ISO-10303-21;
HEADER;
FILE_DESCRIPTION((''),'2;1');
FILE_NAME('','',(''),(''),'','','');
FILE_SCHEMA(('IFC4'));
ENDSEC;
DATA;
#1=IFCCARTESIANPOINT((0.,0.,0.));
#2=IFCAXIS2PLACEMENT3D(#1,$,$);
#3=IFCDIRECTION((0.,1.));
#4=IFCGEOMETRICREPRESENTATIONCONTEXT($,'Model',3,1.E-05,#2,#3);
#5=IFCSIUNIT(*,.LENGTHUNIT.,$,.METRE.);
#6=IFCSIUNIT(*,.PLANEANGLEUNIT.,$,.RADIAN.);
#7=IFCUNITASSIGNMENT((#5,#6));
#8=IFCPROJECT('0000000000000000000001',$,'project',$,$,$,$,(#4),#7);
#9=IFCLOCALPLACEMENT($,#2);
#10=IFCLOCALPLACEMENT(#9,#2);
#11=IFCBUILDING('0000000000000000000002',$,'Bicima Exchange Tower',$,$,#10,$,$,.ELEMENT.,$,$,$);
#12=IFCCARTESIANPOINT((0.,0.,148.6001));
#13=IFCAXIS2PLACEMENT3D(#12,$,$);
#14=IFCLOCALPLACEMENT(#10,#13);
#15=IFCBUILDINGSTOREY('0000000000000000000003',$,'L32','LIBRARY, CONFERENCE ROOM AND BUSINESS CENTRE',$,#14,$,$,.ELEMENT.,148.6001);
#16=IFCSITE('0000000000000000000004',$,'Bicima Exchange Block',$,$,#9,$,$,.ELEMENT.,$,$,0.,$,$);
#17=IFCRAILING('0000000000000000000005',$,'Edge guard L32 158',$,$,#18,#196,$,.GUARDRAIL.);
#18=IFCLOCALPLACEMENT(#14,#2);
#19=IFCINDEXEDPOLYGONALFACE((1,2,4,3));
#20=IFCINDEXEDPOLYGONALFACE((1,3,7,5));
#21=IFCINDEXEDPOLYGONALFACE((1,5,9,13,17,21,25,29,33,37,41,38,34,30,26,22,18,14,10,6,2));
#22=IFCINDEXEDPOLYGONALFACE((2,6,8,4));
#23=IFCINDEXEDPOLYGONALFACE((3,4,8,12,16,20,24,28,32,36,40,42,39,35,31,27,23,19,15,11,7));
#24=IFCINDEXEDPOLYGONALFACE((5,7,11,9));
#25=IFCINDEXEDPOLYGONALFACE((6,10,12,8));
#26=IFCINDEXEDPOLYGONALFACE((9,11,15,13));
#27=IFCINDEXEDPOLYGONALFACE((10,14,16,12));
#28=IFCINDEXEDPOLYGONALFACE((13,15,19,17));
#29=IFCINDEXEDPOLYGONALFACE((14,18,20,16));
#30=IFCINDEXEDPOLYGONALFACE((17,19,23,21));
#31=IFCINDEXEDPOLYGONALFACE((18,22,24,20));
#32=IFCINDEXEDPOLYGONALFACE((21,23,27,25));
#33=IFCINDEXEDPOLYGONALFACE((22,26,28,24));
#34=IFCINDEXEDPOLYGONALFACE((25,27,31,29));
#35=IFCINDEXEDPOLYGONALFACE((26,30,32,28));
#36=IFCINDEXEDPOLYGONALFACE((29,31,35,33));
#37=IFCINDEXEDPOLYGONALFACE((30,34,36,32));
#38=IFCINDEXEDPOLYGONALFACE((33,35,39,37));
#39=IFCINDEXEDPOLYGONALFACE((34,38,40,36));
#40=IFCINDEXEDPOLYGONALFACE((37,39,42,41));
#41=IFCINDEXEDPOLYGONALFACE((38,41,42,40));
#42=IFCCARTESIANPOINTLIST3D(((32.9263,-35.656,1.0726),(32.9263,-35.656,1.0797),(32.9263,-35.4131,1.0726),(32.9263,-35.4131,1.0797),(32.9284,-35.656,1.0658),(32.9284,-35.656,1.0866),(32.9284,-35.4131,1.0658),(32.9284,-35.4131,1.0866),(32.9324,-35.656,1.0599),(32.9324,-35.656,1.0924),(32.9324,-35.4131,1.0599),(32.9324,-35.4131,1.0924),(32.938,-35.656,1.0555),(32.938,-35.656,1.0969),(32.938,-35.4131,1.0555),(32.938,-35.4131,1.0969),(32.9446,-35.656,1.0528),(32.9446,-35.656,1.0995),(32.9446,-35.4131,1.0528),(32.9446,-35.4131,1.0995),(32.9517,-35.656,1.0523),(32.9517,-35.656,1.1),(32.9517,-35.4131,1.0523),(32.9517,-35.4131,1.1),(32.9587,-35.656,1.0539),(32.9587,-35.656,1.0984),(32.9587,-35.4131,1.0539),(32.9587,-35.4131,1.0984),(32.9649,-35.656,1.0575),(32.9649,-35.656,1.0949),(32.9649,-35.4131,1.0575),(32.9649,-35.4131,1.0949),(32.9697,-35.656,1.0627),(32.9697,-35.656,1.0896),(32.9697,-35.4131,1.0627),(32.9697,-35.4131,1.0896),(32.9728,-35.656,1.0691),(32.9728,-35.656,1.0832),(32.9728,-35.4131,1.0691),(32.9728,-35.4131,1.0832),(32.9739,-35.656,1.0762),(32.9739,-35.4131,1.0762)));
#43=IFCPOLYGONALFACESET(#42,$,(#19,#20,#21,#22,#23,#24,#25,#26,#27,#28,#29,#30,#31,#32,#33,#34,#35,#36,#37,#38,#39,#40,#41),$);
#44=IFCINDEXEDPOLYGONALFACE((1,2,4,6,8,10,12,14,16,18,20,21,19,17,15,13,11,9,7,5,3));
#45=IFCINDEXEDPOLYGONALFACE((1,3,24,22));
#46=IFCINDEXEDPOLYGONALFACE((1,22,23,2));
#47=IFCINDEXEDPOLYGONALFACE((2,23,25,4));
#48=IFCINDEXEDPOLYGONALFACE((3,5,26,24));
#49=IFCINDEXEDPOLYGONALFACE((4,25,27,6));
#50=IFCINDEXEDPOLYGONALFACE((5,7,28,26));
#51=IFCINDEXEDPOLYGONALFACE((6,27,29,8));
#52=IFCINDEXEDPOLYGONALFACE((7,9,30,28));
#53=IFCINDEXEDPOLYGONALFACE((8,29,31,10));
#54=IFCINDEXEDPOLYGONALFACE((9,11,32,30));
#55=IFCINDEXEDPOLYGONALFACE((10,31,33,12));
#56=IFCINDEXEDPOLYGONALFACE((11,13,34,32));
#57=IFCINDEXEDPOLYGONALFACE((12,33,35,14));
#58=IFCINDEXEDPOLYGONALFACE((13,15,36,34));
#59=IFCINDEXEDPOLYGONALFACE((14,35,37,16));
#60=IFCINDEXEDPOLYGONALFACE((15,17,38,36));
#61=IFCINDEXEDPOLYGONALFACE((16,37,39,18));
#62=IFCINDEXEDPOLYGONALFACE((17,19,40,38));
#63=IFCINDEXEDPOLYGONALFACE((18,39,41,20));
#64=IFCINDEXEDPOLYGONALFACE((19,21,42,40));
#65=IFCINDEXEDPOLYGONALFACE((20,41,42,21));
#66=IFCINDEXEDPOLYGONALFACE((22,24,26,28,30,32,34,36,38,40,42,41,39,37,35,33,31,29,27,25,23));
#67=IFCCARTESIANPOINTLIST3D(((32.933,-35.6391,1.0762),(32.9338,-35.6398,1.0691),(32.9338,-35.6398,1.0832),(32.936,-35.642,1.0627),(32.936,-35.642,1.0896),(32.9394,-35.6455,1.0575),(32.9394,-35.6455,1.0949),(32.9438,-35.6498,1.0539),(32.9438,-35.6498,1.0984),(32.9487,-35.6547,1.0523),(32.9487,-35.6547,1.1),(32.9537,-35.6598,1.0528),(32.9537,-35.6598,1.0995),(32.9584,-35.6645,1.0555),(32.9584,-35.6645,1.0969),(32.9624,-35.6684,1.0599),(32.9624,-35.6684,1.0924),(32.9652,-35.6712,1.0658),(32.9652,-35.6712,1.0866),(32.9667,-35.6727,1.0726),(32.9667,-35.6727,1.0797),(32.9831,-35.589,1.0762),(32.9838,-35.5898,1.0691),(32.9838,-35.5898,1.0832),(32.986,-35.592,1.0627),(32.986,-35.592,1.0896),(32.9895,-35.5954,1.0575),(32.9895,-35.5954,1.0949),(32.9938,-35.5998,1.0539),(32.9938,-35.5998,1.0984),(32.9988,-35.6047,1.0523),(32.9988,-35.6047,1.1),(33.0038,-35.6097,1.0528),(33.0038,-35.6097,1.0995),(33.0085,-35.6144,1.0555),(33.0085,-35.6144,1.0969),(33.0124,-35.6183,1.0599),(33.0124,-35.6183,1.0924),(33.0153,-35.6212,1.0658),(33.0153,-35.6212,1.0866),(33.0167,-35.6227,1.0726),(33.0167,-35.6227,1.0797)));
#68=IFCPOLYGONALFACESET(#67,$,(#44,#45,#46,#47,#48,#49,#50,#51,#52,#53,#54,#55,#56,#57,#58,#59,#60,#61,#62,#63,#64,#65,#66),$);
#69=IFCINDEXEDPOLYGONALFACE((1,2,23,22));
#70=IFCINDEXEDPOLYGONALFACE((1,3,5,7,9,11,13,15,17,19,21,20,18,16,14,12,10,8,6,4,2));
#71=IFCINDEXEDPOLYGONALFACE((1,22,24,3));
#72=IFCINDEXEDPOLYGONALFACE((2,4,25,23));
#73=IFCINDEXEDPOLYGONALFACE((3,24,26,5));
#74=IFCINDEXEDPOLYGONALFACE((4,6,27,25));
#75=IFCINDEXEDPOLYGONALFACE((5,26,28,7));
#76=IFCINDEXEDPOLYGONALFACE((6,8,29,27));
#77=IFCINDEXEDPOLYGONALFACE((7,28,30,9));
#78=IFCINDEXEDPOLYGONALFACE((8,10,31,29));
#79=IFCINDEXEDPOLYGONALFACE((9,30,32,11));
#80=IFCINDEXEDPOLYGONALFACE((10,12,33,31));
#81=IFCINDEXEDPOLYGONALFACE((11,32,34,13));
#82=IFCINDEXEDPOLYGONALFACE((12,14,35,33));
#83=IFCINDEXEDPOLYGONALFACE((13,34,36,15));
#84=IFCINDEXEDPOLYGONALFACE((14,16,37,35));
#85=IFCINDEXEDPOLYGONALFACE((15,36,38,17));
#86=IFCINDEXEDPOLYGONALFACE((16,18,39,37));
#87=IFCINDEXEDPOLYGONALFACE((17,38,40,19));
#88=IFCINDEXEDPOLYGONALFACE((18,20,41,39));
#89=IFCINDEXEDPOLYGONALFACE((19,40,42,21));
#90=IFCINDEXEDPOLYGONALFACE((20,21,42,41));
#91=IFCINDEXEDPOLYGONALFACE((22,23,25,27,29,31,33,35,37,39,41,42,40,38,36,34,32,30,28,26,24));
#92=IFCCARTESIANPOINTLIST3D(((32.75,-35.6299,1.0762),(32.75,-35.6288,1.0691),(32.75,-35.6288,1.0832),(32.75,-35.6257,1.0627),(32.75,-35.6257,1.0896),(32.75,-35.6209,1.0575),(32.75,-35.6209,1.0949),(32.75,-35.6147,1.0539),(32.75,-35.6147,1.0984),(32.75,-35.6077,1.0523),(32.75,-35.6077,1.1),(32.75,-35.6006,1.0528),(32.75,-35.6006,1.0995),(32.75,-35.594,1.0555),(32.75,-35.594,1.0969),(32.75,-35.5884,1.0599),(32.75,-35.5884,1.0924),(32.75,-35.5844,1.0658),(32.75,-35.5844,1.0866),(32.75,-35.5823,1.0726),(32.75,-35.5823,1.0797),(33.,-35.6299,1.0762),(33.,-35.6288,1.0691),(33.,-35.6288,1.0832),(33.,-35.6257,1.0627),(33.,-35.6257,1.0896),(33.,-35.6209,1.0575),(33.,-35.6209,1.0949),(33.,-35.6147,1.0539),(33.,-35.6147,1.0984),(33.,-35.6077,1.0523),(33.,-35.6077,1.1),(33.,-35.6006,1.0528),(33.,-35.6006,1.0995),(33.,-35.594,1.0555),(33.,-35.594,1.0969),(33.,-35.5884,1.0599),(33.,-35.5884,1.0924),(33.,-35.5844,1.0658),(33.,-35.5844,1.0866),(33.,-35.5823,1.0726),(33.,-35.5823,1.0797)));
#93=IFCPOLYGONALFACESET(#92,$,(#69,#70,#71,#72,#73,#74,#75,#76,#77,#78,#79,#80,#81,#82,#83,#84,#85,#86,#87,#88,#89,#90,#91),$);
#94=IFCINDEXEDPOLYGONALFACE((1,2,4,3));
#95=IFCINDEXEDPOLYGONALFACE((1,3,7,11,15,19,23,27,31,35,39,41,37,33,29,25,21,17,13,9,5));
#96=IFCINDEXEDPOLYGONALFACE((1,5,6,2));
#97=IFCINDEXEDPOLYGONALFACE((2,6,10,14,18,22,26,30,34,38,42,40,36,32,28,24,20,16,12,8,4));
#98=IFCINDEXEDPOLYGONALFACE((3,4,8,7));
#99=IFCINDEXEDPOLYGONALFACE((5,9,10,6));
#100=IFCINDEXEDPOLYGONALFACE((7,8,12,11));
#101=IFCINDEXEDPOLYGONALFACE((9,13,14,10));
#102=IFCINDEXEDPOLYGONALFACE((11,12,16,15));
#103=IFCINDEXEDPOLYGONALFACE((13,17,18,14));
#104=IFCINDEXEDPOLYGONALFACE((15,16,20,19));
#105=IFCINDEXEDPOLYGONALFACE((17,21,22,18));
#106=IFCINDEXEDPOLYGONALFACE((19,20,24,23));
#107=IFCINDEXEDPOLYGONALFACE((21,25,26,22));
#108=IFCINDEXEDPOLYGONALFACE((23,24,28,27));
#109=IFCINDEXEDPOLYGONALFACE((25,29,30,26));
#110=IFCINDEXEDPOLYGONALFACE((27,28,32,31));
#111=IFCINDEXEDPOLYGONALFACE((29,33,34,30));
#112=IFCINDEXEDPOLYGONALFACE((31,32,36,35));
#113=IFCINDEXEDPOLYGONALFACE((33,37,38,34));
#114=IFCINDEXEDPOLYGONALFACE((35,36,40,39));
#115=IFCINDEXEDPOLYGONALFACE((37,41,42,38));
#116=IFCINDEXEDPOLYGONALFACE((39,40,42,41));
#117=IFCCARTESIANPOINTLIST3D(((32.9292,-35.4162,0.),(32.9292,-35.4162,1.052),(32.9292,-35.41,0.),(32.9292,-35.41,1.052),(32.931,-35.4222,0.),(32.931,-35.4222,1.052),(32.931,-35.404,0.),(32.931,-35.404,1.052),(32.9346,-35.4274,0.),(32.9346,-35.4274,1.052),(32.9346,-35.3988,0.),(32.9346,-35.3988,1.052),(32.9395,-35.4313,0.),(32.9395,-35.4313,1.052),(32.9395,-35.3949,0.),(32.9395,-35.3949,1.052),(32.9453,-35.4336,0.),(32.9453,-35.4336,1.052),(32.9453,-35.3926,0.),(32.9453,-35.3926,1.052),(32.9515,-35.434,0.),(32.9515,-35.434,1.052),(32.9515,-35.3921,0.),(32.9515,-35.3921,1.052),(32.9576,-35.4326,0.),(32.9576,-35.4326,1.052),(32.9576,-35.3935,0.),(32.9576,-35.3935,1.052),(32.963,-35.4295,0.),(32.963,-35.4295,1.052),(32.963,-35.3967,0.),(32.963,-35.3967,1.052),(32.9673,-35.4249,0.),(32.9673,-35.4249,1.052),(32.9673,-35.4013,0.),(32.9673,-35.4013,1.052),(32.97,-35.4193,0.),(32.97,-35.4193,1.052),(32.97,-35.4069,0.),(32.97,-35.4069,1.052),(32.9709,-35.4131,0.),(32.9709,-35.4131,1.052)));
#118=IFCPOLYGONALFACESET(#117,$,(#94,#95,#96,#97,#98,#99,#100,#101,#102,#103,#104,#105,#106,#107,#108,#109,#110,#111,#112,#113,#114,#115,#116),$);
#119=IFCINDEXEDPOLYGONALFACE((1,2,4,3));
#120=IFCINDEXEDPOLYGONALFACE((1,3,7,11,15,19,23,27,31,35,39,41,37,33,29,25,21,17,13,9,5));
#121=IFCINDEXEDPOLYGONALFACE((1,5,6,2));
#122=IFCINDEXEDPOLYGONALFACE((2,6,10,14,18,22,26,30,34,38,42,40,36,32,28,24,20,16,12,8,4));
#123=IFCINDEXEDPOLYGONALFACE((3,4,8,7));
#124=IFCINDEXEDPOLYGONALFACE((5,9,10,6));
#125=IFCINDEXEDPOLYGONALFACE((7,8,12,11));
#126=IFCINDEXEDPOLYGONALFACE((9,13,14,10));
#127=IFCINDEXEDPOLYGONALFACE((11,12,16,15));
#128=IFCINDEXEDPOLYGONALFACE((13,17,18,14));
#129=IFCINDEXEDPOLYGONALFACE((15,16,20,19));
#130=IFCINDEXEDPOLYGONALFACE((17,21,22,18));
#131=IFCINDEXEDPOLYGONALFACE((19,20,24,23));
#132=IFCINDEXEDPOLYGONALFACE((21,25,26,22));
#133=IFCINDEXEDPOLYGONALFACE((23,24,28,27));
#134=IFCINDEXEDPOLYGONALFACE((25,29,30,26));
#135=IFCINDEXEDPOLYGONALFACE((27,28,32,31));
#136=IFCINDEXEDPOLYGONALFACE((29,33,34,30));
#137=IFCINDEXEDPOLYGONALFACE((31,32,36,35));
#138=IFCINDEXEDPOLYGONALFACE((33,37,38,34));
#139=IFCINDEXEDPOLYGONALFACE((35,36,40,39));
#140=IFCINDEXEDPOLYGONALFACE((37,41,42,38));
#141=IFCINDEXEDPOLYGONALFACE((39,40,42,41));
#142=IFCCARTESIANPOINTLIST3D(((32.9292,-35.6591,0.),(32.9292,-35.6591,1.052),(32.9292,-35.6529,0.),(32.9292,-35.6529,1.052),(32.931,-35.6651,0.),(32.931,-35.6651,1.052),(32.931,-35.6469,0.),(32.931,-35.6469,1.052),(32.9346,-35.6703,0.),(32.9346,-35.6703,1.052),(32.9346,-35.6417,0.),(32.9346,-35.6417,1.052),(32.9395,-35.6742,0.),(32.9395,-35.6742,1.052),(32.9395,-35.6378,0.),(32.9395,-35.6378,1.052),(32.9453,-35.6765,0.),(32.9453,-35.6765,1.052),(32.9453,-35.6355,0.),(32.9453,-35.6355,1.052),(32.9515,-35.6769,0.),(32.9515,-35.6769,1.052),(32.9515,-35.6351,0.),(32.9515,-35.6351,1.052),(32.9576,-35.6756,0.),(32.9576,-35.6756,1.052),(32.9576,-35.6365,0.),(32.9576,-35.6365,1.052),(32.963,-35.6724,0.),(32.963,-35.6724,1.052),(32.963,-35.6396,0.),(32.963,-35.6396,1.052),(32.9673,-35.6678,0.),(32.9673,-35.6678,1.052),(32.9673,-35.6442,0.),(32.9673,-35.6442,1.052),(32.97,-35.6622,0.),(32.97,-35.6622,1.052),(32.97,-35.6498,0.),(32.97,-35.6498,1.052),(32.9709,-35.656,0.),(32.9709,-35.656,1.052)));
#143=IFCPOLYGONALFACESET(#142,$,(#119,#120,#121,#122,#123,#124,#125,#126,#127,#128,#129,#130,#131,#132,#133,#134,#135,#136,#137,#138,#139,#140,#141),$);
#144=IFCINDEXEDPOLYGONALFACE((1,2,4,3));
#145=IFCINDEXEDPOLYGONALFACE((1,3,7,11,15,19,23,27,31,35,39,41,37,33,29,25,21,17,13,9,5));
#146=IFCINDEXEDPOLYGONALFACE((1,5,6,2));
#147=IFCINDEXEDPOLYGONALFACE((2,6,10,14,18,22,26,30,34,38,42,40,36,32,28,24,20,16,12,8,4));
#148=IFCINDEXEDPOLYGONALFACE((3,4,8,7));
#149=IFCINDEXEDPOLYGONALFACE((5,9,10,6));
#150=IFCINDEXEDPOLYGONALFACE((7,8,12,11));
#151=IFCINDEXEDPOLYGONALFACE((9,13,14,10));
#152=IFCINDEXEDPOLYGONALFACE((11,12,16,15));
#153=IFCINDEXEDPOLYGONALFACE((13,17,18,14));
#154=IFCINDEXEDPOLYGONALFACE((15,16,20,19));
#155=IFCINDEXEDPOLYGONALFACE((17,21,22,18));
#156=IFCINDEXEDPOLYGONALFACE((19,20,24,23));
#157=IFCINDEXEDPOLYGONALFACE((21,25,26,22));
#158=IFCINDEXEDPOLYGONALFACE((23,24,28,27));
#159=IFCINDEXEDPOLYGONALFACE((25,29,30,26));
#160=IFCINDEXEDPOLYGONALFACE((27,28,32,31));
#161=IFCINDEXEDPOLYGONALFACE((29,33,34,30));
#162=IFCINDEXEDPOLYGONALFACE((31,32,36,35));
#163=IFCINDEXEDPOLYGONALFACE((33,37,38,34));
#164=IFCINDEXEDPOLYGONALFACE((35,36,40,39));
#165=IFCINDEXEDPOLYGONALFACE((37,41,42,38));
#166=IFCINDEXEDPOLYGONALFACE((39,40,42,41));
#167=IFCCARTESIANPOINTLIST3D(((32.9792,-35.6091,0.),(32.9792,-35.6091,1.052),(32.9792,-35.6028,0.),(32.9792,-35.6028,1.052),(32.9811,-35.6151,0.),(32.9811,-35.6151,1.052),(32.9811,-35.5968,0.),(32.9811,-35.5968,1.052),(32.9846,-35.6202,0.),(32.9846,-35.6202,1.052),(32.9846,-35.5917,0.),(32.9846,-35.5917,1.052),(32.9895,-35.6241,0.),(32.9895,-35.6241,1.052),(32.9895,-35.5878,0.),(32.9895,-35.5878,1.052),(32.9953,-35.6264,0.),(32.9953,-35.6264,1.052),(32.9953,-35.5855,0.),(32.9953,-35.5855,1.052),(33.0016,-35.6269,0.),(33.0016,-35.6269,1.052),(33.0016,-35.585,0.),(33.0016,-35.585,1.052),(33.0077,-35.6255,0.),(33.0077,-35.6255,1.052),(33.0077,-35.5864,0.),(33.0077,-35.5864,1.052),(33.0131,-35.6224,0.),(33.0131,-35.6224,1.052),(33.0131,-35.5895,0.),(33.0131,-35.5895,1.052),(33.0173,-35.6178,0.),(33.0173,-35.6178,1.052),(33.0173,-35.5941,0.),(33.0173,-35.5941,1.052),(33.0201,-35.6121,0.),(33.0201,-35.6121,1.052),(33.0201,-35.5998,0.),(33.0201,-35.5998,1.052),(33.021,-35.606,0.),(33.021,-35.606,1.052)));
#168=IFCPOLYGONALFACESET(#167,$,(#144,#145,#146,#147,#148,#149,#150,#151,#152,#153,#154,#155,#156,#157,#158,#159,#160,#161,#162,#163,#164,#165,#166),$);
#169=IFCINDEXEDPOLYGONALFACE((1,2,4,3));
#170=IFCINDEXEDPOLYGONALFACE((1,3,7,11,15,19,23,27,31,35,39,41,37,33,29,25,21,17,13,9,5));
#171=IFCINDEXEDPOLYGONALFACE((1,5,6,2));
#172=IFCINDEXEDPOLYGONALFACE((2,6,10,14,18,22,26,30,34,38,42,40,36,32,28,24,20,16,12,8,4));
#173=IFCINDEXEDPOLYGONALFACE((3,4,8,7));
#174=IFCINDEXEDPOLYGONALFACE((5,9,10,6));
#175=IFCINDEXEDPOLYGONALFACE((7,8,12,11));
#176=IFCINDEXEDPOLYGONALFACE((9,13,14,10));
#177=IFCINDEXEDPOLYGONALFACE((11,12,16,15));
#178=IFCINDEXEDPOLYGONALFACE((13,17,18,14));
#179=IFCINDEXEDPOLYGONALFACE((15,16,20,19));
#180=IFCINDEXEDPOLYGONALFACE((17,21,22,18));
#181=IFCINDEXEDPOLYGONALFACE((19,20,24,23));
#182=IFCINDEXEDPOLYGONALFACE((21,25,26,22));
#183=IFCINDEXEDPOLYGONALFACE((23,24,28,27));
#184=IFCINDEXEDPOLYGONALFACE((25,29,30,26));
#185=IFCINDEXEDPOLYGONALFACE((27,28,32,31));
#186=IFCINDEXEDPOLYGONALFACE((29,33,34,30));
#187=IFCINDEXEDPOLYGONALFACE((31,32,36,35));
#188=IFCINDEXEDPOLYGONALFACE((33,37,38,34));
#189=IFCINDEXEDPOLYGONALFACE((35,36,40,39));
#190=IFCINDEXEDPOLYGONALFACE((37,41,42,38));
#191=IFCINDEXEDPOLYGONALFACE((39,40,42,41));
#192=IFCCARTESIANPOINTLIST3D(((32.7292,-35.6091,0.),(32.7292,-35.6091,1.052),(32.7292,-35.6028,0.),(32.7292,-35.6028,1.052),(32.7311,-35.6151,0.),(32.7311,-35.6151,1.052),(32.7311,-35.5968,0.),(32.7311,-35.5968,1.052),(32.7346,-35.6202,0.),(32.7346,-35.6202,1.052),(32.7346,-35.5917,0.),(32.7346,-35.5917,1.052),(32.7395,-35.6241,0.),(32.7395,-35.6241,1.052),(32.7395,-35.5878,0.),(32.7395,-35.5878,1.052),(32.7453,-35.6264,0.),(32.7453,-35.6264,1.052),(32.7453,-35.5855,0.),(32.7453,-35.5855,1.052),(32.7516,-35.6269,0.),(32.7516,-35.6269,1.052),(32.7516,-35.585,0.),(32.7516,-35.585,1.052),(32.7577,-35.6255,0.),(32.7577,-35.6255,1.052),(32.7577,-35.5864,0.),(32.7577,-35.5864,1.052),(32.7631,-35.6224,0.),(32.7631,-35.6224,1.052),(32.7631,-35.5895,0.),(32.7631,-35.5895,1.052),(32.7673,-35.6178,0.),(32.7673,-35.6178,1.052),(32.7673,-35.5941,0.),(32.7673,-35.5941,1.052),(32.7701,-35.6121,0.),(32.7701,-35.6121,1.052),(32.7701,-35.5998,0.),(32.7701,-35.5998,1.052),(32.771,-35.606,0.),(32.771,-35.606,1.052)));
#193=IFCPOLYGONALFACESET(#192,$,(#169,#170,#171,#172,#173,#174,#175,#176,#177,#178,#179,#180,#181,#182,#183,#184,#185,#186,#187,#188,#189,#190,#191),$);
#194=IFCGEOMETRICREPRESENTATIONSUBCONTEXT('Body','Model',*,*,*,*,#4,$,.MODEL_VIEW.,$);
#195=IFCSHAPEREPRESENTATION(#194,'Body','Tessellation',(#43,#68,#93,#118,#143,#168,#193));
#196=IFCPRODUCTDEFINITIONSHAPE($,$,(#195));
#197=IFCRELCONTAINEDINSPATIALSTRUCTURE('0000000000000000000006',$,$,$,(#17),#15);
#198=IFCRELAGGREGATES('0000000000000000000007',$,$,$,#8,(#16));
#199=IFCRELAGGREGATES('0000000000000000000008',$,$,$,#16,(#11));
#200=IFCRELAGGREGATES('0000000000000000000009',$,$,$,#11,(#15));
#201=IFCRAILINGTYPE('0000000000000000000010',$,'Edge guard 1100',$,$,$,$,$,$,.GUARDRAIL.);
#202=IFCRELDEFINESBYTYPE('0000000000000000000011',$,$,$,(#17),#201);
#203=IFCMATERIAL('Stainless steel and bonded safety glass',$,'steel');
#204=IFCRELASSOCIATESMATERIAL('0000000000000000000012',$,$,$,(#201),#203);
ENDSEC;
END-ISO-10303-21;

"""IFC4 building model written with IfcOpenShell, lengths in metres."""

from ifc_helpers import new_model, si_unit, direction, frame, origin, origin_2d, place, context, subcontext, project, spatial, circle, extrude, material, type_object, element, save


model = new_model("IFC4")

# Units and contexts
model_context = context("Model", 3, precision=1e-05, world=origin(), true_north=direction((0.0, 1.0)))
body_context = subcontext(model_context, "Body", "Model", "MODEL_VIEW")
ifc_project = project(units=[si_unit("LENGTHUNIT", "METRE"), si_unit("PLANEANGLEUNIT", "RADIAN")], contexts=[model_context])

# Site, building, storey
site_placement = place(None, origin())
site = spatial("IfcSite", under=ifc_project, at=site_placement, Name="Bicima Exchange Block", CompositionType="ELEMENT", RefElevation=0.0)
building_placement = place(site_placement, origin())
building = spatial("IfcBuilding", under=site, at=building_placement, Name="Bicima Exchange Tower", CompositionType="ELEMENT")
storey_placement = place(building_placement, frame((0.0, 0.0, 148.6001)))
storey = spatial("IfcBuildingStorey", under=building, at=storey_placement, Name="L32", Description="LIBRARY, CONFERENCE ROOM AND BUSINESS CENTRE", CompositionType="ELEMENT", Elevation=148.6001)

# Railing
ifc_material_1 = material(Name="Stainless steel and bonded safety glass", Category="steel")
railing_type = type_object("IfcRailingType", Name="Edge guard 1100", PredefinedType="GUARDRAIL", material=ifc_material_1)
railing_1_placement = place(storey_placement, frame((32.95, -35.4131, 0.0)))
element("IfcRailing", 1, at=railing_1_placement, inside=storey, type_object=railing_type, Name="Edge guard L32 158", PredefinedType="GUARDRAIL", context=body_context, shape_type="SweptSolid", body=[
    extrude(circle(Radius=0.0239, at=origin_2d()), frame((0.0, 0.0, 1.0762), z_axis=(0.0, -1.0, 0.0), x_axis=(1.0, 0.0, 0.0)), (0.0, 0.0, 1.0), 0.2429),
    extrude(circle(Radius=0.0239, at=origin_2d()), frame((0.0, -0.2429, 1.0762), z_axis=(0.707107, 0.707107, 0.0), x_axis=(-0.707107, 0.707107, 0.0)), (0.0, 0.0, 1.0), 0.0708),
    extrude(circle(Radius=0.0239, at=origin_2d()), frame((0.05, -0.1929, 1.0762), z_axis=(-1.0, 0.0, 0.0), x_axis=(0.0, -1.0, 0.0)), (0.0, 0.0, 1.0), 0.25),
    extrude(circle(Radius=0.021, at=origin_2d()), origin(), (0.0, 0.0, 1.0), 1.052),
    extrude(circle(Radius=0.021, at=origin_2d()), frame((0.0, -0.2429, 0.0)), (0.0, 0.0, 1.0), 1.052),
    extrude(circle(Radius=0.021, at=origin_2d()), frame((0.05, -0.1929, 0.0)), (0.0, 0.0, 1.0), 1.052),
    extrude(circle(Radius=0.021, at=origin_2d()), frame((-0.2, -0.1929, 0.0)), (0.0, 0.0, 1.0), 1.052),
])

save(model, "model.ifc")
